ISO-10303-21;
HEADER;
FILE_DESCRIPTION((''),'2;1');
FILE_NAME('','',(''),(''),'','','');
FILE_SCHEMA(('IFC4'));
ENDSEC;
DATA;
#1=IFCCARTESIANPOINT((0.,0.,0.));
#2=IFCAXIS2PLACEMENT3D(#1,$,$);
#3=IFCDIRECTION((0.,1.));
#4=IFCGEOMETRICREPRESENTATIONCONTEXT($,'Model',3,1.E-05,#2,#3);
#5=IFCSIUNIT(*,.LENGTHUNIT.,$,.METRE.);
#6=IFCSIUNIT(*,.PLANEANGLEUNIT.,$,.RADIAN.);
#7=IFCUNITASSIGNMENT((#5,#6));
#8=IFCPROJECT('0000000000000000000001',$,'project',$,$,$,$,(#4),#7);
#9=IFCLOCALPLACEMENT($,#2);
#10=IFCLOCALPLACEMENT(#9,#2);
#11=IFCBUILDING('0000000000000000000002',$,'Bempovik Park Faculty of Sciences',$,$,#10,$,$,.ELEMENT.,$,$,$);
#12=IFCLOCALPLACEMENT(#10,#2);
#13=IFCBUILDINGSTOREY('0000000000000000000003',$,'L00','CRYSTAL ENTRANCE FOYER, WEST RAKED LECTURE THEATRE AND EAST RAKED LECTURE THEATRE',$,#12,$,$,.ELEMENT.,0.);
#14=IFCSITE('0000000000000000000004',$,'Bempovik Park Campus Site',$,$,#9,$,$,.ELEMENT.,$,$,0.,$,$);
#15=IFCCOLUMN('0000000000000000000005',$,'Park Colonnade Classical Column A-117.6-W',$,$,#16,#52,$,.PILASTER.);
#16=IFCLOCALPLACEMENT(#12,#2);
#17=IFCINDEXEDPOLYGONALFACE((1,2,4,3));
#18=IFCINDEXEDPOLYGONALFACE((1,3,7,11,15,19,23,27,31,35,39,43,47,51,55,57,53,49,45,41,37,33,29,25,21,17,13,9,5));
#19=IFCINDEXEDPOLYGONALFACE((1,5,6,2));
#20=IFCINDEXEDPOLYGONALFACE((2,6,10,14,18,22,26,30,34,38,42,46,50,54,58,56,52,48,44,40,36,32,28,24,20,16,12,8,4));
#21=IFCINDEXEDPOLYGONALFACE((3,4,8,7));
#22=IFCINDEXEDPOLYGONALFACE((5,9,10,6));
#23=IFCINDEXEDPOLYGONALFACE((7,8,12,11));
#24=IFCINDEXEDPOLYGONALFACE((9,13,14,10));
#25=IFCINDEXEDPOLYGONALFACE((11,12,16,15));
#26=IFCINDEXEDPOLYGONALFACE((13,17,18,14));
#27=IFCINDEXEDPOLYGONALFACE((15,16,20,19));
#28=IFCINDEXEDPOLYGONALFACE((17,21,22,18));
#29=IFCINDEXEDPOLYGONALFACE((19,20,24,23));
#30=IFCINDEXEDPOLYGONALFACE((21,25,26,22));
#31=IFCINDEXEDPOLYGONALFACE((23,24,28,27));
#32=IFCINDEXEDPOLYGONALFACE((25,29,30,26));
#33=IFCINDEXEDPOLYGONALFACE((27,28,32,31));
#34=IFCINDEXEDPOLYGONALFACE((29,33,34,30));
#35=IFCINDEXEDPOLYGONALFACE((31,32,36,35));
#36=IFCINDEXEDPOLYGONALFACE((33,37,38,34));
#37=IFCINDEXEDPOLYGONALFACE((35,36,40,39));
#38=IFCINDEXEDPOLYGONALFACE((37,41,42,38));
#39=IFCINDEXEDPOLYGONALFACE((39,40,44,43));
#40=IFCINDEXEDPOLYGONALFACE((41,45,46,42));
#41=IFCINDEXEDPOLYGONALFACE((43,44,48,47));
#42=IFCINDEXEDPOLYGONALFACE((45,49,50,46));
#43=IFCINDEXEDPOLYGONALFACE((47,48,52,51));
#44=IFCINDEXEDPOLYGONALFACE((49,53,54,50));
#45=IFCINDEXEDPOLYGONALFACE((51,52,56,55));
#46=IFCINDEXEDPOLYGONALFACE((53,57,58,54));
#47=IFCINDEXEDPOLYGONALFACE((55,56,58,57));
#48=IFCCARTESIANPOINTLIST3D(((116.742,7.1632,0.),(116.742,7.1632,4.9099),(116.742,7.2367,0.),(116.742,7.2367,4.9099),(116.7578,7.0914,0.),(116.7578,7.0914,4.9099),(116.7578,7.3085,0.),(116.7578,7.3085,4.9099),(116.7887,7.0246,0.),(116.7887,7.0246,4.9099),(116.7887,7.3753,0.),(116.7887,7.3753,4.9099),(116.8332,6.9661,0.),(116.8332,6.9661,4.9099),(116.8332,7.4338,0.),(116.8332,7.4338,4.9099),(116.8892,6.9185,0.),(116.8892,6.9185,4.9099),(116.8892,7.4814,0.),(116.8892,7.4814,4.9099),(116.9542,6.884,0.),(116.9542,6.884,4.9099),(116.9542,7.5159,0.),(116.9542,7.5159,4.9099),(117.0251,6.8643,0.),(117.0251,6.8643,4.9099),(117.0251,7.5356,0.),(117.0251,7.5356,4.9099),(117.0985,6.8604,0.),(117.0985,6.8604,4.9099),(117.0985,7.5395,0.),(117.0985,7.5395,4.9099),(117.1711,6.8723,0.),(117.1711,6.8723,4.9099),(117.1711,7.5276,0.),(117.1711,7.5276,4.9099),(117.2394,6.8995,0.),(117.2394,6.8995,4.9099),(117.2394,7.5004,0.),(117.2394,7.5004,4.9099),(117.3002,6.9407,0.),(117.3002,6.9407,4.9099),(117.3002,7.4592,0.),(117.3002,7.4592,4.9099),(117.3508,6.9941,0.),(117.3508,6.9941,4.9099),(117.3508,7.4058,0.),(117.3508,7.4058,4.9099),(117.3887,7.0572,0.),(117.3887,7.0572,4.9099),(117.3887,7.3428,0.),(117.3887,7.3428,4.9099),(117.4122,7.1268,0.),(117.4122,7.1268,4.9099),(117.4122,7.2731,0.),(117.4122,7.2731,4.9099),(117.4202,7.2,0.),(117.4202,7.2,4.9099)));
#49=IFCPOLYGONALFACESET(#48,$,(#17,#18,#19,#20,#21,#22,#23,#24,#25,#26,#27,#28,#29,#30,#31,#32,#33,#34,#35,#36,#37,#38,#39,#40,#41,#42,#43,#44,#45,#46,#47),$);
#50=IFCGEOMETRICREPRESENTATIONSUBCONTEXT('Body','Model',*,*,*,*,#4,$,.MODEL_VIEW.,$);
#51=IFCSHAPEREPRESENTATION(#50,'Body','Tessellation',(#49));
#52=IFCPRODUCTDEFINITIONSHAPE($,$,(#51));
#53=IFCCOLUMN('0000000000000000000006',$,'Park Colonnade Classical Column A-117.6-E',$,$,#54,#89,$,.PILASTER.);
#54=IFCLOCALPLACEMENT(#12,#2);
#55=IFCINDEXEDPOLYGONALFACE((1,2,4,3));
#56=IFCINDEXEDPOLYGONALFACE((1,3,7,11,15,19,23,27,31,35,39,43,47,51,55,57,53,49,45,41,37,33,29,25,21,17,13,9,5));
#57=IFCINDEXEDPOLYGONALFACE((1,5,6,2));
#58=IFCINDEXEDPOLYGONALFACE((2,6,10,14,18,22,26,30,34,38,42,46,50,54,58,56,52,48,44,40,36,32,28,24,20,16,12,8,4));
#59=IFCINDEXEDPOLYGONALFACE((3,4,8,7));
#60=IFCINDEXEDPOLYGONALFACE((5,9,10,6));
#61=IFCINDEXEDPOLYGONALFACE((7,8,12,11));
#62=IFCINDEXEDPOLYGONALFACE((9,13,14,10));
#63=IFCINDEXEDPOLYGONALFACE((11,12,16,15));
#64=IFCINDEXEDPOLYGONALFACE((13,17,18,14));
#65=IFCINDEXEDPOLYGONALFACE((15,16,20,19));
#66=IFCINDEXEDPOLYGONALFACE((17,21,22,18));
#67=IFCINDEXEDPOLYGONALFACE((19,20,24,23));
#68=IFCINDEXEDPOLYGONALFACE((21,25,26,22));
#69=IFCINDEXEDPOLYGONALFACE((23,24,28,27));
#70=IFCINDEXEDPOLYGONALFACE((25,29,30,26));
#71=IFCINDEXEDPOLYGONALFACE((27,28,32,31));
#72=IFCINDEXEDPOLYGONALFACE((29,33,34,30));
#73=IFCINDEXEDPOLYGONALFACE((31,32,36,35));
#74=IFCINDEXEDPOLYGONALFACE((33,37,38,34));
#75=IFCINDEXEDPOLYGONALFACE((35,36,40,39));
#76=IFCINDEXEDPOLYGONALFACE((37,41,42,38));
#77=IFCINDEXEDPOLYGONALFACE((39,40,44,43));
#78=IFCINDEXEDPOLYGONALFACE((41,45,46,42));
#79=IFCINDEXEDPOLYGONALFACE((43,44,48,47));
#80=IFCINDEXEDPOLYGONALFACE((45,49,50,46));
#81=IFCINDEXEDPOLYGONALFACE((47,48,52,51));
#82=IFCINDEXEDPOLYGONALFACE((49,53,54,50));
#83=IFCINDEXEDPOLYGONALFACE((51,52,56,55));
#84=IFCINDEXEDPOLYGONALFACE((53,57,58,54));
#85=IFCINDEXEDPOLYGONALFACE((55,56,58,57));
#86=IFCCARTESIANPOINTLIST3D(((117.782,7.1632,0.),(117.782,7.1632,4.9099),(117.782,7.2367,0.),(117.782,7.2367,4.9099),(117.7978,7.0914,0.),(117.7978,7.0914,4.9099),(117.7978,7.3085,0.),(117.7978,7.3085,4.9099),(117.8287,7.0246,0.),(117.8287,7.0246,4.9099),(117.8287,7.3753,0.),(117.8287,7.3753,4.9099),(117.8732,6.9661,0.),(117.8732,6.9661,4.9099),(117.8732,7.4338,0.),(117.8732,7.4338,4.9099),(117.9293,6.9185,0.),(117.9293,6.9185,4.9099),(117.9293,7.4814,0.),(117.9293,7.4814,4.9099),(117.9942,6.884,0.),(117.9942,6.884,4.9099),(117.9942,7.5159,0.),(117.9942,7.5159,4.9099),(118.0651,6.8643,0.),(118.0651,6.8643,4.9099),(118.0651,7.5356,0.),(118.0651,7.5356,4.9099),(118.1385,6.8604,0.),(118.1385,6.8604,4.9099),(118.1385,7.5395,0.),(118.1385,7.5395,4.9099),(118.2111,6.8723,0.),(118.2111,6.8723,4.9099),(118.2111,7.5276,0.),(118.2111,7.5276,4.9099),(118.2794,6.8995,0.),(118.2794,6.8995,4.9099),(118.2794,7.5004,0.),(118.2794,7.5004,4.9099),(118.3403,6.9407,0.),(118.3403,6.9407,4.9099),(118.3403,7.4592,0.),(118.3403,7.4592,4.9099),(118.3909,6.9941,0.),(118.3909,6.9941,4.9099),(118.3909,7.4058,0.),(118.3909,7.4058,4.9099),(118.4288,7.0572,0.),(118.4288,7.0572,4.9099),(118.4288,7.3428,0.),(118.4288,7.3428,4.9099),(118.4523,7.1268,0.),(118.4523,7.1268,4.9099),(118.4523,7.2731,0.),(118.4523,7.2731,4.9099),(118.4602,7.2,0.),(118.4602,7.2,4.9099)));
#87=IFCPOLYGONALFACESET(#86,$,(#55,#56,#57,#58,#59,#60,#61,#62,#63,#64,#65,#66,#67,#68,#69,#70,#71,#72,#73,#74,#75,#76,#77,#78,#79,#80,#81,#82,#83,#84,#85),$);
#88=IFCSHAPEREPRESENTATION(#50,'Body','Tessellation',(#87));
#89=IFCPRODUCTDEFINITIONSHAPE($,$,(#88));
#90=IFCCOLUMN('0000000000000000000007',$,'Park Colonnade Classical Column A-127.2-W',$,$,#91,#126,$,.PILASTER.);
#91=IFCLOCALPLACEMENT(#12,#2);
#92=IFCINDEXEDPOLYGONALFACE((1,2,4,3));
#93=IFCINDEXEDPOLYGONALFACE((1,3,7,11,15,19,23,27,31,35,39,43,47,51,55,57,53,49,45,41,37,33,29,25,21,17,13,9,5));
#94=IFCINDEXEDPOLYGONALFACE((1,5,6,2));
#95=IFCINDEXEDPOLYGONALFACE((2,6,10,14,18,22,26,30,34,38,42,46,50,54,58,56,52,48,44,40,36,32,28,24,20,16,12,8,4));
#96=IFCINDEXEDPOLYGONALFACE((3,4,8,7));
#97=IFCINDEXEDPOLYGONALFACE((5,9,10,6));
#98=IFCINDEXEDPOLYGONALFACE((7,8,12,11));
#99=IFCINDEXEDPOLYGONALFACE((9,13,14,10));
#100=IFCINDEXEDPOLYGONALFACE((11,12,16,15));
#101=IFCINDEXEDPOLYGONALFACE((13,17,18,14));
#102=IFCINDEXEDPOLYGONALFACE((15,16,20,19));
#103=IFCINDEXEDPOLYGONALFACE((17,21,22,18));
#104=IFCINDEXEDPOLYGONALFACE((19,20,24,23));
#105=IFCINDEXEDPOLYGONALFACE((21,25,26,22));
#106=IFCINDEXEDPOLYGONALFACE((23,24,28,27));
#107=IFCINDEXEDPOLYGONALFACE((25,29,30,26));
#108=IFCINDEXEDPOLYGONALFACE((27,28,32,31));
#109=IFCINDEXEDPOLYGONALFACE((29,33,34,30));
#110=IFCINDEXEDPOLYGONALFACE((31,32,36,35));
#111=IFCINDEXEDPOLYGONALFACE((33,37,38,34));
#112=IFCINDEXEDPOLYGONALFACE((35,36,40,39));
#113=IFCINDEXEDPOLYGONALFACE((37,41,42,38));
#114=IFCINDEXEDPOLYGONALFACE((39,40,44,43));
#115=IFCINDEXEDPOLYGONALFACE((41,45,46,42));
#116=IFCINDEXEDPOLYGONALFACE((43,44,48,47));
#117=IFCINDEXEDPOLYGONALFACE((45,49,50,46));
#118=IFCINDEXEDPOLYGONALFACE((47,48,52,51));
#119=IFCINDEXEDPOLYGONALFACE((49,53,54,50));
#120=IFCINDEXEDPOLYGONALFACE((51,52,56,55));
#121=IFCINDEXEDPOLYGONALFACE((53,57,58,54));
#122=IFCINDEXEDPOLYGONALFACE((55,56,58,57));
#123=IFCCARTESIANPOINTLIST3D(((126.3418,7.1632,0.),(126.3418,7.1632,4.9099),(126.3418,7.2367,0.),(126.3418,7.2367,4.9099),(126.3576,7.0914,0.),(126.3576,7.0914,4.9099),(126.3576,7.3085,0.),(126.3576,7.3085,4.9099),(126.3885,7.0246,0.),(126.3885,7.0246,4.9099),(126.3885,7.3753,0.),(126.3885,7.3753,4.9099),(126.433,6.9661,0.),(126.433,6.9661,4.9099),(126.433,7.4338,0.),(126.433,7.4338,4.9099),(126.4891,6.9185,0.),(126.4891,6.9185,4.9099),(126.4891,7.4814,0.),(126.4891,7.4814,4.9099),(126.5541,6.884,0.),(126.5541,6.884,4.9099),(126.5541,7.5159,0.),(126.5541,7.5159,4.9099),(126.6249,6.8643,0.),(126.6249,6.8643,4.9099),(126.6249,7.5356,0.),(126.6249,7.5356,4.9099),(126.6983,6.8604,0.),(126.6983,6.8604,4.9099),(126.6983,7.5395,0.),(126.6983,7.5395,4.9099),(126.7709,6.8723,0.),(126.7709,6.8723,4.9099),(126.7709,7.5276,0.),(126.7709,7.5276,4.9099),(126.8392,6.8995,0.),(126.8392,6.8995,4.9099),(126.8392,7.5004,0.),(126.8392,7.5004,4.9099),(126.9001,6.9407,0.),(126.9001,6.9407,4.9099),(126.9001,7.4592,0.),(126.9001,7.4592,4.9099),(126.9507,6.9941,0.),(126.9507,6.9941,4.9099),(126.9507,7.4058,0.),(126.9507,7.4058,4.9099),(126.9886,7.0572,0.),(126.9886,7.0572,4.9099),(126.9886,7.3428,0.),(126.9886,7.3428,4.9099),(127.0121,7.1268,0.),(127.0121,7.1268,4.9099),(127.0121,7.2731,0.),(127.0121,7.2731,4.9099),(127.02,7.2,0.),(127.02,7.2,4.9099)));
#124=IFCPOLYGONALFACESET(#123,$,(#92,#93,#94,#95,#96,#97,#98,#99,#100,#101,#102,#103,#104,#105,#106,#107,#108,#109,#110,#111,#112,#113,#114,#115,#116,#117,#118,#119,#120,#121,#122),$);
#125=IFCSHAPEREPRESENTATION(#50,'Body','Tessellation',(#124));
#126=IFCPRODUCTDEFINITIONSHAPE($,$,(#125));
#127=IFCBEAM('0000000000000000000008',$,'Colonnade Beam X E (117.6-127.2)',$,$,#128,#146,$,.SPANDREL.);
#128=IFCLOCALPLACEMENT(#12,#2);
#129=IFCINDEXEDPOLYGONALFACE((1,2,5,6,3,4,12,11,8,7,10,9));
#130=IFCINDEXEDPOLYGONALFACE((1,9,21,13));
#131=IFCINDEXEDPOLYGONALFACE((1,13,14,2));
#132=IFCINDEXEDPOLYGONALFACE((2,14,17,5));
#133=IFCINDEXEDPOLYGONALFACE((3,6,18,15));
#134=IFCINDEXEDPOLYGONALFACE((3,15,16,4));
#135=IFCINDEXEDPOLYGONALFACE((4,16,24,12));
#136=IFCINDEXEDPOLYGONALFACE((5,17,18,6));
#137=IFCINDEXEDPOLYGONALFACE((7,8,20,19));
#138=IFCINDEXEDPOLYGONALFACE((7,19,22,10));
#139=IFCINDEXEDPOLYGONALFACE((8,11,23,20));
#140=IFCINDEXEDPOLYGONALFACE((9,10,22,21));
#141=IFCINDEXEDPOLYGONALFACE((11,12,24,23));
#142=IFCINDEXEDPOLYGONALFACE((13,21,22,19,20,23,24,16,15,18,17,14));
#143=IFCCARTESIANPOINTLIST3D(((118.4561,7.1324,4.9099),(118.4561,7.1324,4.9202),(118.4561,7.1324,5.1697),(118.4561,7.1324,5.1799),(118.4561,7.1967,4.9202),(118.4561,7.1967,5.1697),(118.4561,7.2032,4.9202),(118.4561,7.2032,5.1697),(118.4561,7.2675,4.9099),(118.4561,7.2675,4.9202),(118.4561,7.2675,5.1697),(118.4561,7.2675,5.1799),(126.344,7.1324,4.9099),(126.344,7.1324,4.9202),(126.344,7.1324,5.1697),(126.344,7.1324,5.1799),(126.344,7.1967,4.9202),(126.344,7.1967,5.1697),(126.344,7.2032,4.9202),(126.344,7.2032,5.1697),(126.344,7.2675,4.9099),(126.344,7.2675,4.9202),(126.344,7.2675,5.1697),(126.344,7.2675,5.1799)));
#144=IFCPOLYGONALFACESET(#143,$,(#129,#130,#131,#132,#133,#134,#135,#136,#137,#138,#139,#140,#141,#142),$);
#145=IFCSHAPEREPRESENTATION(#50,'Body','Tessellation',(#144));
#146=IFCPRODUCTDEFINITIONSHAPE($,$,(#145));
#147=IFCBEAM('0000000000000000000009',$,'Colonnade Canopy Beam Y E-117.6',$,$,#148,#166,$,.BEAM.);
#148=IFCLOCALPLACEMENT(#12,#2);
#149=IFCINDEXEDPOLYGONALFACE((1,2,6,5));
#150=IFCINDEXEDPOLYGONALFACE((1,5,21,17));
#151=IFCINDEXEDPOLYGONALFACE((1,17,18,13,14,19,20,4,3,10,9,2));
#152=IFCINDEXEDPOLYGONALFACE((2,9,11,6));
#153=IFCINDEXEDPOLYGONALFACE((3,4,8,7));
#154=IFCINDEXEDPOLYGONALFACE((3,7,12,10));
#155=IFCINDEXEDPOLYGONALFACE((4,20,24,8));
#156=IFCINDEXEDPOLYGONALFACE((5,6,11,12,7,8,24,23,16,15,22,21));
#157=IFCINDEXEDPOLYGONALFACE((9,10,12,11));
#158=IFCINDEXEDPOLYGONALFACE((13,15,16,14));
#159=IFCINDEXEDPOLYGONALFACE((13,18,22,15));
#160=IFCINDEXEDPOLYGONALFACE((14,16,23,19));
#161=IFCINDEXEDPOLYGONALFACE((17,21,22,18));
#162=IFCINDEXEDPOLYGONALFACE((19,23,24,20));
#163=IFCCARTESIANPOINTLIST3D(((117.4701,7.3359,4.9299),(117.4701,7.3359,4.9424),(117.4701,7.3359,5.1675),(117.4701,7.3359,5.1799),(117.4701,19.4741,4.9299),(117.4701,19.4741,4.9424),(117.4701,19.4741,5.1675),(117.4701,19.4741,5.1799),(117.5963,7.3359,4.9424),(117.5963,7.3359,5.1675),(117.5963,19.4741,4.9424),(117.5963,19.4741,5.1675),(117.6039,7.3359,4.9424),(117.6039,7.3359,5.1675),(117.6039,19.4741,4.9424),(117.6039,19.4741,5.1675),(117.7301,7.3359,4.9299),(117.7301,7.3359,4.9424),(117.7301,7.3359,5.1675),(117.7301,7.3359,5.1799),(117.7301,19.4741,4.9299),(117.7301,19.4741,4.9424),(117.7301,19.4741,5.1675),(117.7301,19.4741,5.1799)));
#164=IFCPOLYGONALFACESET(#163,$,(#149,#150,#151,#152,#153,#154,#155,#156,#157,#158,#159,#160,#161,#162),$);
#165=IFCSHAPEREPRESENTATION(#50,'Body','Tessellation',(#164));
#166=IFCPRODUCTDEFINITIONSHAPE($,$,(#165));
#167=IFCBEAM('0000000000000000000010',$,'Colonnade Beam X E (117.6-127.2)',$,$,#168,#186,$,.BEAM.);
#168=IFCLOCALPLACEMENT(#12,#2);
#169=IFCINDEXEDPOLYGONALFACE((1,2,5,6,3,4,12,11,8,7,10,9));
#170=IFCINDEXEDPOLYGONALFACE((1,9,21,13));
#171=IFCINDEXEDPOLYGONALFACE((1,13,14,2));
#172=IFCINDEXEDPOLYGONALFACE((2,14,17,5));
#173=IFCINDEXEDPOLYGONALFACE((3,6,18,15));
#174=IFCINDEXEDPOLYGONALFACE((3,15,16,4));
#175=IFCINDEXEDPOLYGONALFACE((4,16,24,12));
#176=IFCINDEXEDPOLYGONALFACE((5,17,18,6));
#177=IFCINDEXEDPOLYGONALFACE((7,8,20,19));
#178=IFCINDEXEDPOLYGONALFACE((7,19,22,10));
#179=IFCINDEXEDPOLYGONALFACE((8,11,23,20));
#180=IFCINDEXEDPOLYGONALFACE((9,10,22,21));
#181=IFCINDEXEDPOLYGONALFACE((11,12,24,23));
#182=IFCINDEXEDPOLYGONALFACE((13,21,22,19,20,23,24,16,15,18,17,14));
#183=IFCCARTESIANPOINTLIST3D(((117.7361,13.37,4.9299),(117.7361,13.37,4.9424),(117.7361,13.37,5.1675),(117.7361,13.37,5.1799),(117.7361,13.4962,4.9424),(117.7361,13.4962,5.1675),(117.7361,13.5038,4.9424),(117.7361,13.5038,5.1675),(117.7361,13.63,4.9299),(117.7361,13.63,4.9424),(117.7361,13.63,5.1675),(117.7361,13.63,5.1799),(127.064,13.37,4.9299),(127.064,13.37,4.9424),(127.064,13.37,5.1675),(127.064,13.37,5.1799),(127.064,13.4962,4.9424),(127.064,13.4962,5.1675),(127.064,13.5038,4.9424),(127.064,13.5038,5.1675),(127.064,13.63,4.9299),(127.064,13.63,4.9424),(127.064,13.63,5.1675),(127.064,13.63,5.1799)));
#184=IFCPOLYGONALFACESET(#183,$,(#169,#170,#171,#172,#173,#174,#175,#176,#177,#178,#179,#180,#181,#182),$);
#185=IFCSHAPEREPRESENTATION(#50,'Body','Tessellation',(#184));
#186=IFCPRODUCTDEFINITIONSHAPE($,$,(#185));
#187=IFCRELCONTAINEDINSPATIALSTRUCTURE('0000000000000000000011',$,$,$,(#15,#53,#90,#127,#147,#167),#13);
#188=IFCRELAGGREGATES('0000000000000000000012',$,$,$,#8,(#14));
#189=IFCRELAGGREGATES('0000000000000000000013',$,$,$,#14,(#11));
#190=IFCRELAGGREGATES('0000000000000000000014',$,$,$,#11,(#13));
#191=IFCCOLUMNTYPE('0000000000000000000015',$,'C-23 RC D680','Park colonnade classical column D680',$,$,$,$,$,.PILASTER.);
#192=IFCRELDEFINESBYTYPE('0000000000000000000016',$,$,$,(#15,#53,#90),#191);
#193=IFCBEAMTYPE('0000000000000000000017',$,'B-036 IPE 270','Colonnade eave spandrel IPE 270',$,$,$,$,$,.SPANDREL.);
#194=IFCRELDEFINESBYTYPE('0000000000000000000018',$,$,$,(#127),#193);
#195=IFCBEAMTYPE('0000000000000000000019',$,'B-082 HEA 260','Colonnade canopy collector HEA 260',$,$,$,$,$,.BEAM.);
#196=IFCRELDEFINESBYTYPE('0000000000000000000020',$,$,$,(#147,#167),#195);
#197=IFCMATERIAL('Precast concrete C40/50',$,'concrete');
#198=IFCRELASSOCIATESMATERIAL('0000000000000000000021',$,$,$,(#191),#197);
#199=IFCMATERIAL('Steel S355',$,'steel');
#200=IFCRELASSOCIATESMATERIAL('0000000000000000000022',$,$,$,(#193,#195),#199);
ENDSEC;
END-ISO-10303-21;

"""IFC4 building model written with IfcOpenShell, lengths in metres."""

from ifc_helpers import new_model, si_unit, direction, frame, origin, origin_2d, place, context, subcontext, project, spatial, circle, i_section, extrude, material, material_profile, profile_set, type_object, element, save


model = new_model("IFC4")

# Units and contexts
model_context = context("Model", 3, precision=1e-05, world=origin(), true_north=direction((0.0, 1.0)))
body_context = subcontext(model_context, "Body", "Model", "MODEL_VIEW")
ifc_project = project(units=[si_unit("LENGTHUNIT", "METRE"), si_unit("PLANEANGLEUNIT", "RADIAN")], contexts=[model_context])

# Site, building, storey
site_placement = place(None, origin())
site = spatial("IfcSite", under=ifc_project, at=site_placement, Name="Bempovik Park Campus Site", CompositionType="ELEMENT", RefElevation=0.0)
building_placement = place(site_placement, origin())
building = spatial("IfcBuilding", under=site, at=building_placement, Name="Bempovik Park Faculty of Sciences", CompositionType="ELEMENT")
storey_placement = place(building_placement, origin())
storey = spatial("IfcBuildingStorey", under=building, at=storey_placement, Name="L00", Description="CRYSTAL ENTRANCE FOYER, WEST RAKED LECTURE THEATRE AND EAST RAKED LECTURE THEATRE", CompositionType="ELEMENT", Elevation=0.0)

# Columns
ifc_material_1 = material(Name="Precast concrete C40/50", Category="concrete")
ifc_material_profile_1 = material_profile(ifc_material_1, circle(Radius=0.3401, at=origin_2d()), Name="RC D680")
ifc_profile_set_1 = profile_set([ifc_material_profile_1], Name="Precast concrete C40/50")
column_type = type_object("IfcColumnType", Name="C-23 RC D680", Description="Park colonnade classical column D680", PredefinedType="PILASTER", material=ifc_profile_set_1)
for number, where, z_axis, x_axis, name in (
    (1, (117.0801, 7.2, 0.0), (0.0, 0.0, 1.0), (1.0, 0.0, 0.0), "Park Colonnade Classical Column A-117.6-W"),
    (2, (118.1201, 7.2, 0.0), (0.0, 0.0, 1.0), (1.0, 0.0, 0.0), "Park Colonnade Classical Column A-117.6-E"),
    (3, (126.6799, 7.2, 0.0), (0.0, 0.0, 1.0), (1.0, 0.0, 0.0), "Park Colonnade Classical Column A-127.2-W"),
):
    element("IfcColumn", number, at=place(storey_placement, frame(where, z_axis=z_axis, x_axis=x_axis)), inside=storey, type_object=column_type, Name=name, PredefinedType="PILASTER", context=body_context, shape_type="SweptSolid", body=[
        extrude(circle(Radius=0.3401, at=origin_2d()), origin(), (0.0, 0.0, 1.0), 4.9099),
    ])

# Beams
ifc_material_2 = material(Name="Steel S355", Category="steel")
ifc_material_profile_2 = material_profile(ifc_material_2, i_section(OverallWidth=0.135, OverallDepth=0.27, WebThickness=0.0066, FlangeThickness=0.0103, at=origin_2d()), Name="IPE 270")
ifc_profile_set_2 = profile_set([ifc_material_profile_2], Name="Steel S355")
beam_type_1 = type_object("IfcBeamType", Name="B-036 IPE 270", Description="Colonnade eave spandrel IPE 270", PredefinedType="SPANDREL", material=ifc_profile_set_2)
beam_1_placement = place(storey_placement, frame((118.4561, 7.2, 5.0449), z_axis=(1.0, 0.0, 0.0), x_axis=(0.0, 1.0, 0.0)))
element("IfcBeam", 4, at=beam_1_placement, inside=storey, type_object=beam_type_1, Name="Colonnade Beam X E (117.6-127.2)", PredefinedType="SPANDREL", context=body_context, shape_type="SweptSolid", body=[
    extrude(i_section(OverallWidth=0.135, OverallDepth=0.27, WebThickness=0.0066, FlangeThickness=0.0103, at=origin_2d()), origin(), (0.0, 0.0, 1.0), 7.8879),
])
ifc_material_profile_3 = material_profile(ifc_material_2, i_section(OverallWidth=0.26, OverallDepth=0.25, WebThickness=0.0076, FlangeThickness=0.0125, at=origin_2d()), Name="HEA 260")
ifc_profile_set_3 = profile_set([ifc_material_profile_3], Name="Steel S355")
beam_type_2 = type_object("IfcBeamType", Name="B-082 HEA 260", Description="Colonnade canopy collector HEA 260", PredefinedType="BEAM", material=ifc_profile_set_3)
beam_2_placement = place(storey_placement, frame((117.6001, 7.3359, 5.0549), z_axis=(0.0, 1.0, 0.0), x_axis=(-1.0, 0.0, 0.0)))
element("IfcBeam", 5, at=beam_2_placement, inside=storey, type_object=beam_type_2, Name="Colonnade Canopy Beam Y E-117.6", PredefinedType="BEAM", context=body_context, shape_type="SweptSolid", body=[
    extrude(i_section(OverallWidth=0.26, OverallDepth=0.25, WebThickness=0.0076, FlangeThickness=0.0125, at=origin_2d()), origin(), (0.0, 0.0, 1.0), 12.1382),
])
beam_3_placement = place(storey_placement, frame((117.7361, 13.5, 5.0549), z_axis=(1.0, 0.0, 0.0), x_axis=(0.0, 1.0, 0.0)))
element("IfcBeam", 6, at=beam_3_placement, inside=storey, type_object=beam_type_2, Name="Colonnade Beam X E (117.6-127.2)", PredefinedType="BEAM", context=body_context, shape_type="SweptSolid", body=[
    extrude(i_section(OverallWidth=0.26, OverallDepth=0.25, WebThickness=0.0076, FlangeThickness=0.0125, at=origin_2d()), origin(), (0.0, 0.0, 1.0), 9.3279),
])

save(model, "model.ifc")
